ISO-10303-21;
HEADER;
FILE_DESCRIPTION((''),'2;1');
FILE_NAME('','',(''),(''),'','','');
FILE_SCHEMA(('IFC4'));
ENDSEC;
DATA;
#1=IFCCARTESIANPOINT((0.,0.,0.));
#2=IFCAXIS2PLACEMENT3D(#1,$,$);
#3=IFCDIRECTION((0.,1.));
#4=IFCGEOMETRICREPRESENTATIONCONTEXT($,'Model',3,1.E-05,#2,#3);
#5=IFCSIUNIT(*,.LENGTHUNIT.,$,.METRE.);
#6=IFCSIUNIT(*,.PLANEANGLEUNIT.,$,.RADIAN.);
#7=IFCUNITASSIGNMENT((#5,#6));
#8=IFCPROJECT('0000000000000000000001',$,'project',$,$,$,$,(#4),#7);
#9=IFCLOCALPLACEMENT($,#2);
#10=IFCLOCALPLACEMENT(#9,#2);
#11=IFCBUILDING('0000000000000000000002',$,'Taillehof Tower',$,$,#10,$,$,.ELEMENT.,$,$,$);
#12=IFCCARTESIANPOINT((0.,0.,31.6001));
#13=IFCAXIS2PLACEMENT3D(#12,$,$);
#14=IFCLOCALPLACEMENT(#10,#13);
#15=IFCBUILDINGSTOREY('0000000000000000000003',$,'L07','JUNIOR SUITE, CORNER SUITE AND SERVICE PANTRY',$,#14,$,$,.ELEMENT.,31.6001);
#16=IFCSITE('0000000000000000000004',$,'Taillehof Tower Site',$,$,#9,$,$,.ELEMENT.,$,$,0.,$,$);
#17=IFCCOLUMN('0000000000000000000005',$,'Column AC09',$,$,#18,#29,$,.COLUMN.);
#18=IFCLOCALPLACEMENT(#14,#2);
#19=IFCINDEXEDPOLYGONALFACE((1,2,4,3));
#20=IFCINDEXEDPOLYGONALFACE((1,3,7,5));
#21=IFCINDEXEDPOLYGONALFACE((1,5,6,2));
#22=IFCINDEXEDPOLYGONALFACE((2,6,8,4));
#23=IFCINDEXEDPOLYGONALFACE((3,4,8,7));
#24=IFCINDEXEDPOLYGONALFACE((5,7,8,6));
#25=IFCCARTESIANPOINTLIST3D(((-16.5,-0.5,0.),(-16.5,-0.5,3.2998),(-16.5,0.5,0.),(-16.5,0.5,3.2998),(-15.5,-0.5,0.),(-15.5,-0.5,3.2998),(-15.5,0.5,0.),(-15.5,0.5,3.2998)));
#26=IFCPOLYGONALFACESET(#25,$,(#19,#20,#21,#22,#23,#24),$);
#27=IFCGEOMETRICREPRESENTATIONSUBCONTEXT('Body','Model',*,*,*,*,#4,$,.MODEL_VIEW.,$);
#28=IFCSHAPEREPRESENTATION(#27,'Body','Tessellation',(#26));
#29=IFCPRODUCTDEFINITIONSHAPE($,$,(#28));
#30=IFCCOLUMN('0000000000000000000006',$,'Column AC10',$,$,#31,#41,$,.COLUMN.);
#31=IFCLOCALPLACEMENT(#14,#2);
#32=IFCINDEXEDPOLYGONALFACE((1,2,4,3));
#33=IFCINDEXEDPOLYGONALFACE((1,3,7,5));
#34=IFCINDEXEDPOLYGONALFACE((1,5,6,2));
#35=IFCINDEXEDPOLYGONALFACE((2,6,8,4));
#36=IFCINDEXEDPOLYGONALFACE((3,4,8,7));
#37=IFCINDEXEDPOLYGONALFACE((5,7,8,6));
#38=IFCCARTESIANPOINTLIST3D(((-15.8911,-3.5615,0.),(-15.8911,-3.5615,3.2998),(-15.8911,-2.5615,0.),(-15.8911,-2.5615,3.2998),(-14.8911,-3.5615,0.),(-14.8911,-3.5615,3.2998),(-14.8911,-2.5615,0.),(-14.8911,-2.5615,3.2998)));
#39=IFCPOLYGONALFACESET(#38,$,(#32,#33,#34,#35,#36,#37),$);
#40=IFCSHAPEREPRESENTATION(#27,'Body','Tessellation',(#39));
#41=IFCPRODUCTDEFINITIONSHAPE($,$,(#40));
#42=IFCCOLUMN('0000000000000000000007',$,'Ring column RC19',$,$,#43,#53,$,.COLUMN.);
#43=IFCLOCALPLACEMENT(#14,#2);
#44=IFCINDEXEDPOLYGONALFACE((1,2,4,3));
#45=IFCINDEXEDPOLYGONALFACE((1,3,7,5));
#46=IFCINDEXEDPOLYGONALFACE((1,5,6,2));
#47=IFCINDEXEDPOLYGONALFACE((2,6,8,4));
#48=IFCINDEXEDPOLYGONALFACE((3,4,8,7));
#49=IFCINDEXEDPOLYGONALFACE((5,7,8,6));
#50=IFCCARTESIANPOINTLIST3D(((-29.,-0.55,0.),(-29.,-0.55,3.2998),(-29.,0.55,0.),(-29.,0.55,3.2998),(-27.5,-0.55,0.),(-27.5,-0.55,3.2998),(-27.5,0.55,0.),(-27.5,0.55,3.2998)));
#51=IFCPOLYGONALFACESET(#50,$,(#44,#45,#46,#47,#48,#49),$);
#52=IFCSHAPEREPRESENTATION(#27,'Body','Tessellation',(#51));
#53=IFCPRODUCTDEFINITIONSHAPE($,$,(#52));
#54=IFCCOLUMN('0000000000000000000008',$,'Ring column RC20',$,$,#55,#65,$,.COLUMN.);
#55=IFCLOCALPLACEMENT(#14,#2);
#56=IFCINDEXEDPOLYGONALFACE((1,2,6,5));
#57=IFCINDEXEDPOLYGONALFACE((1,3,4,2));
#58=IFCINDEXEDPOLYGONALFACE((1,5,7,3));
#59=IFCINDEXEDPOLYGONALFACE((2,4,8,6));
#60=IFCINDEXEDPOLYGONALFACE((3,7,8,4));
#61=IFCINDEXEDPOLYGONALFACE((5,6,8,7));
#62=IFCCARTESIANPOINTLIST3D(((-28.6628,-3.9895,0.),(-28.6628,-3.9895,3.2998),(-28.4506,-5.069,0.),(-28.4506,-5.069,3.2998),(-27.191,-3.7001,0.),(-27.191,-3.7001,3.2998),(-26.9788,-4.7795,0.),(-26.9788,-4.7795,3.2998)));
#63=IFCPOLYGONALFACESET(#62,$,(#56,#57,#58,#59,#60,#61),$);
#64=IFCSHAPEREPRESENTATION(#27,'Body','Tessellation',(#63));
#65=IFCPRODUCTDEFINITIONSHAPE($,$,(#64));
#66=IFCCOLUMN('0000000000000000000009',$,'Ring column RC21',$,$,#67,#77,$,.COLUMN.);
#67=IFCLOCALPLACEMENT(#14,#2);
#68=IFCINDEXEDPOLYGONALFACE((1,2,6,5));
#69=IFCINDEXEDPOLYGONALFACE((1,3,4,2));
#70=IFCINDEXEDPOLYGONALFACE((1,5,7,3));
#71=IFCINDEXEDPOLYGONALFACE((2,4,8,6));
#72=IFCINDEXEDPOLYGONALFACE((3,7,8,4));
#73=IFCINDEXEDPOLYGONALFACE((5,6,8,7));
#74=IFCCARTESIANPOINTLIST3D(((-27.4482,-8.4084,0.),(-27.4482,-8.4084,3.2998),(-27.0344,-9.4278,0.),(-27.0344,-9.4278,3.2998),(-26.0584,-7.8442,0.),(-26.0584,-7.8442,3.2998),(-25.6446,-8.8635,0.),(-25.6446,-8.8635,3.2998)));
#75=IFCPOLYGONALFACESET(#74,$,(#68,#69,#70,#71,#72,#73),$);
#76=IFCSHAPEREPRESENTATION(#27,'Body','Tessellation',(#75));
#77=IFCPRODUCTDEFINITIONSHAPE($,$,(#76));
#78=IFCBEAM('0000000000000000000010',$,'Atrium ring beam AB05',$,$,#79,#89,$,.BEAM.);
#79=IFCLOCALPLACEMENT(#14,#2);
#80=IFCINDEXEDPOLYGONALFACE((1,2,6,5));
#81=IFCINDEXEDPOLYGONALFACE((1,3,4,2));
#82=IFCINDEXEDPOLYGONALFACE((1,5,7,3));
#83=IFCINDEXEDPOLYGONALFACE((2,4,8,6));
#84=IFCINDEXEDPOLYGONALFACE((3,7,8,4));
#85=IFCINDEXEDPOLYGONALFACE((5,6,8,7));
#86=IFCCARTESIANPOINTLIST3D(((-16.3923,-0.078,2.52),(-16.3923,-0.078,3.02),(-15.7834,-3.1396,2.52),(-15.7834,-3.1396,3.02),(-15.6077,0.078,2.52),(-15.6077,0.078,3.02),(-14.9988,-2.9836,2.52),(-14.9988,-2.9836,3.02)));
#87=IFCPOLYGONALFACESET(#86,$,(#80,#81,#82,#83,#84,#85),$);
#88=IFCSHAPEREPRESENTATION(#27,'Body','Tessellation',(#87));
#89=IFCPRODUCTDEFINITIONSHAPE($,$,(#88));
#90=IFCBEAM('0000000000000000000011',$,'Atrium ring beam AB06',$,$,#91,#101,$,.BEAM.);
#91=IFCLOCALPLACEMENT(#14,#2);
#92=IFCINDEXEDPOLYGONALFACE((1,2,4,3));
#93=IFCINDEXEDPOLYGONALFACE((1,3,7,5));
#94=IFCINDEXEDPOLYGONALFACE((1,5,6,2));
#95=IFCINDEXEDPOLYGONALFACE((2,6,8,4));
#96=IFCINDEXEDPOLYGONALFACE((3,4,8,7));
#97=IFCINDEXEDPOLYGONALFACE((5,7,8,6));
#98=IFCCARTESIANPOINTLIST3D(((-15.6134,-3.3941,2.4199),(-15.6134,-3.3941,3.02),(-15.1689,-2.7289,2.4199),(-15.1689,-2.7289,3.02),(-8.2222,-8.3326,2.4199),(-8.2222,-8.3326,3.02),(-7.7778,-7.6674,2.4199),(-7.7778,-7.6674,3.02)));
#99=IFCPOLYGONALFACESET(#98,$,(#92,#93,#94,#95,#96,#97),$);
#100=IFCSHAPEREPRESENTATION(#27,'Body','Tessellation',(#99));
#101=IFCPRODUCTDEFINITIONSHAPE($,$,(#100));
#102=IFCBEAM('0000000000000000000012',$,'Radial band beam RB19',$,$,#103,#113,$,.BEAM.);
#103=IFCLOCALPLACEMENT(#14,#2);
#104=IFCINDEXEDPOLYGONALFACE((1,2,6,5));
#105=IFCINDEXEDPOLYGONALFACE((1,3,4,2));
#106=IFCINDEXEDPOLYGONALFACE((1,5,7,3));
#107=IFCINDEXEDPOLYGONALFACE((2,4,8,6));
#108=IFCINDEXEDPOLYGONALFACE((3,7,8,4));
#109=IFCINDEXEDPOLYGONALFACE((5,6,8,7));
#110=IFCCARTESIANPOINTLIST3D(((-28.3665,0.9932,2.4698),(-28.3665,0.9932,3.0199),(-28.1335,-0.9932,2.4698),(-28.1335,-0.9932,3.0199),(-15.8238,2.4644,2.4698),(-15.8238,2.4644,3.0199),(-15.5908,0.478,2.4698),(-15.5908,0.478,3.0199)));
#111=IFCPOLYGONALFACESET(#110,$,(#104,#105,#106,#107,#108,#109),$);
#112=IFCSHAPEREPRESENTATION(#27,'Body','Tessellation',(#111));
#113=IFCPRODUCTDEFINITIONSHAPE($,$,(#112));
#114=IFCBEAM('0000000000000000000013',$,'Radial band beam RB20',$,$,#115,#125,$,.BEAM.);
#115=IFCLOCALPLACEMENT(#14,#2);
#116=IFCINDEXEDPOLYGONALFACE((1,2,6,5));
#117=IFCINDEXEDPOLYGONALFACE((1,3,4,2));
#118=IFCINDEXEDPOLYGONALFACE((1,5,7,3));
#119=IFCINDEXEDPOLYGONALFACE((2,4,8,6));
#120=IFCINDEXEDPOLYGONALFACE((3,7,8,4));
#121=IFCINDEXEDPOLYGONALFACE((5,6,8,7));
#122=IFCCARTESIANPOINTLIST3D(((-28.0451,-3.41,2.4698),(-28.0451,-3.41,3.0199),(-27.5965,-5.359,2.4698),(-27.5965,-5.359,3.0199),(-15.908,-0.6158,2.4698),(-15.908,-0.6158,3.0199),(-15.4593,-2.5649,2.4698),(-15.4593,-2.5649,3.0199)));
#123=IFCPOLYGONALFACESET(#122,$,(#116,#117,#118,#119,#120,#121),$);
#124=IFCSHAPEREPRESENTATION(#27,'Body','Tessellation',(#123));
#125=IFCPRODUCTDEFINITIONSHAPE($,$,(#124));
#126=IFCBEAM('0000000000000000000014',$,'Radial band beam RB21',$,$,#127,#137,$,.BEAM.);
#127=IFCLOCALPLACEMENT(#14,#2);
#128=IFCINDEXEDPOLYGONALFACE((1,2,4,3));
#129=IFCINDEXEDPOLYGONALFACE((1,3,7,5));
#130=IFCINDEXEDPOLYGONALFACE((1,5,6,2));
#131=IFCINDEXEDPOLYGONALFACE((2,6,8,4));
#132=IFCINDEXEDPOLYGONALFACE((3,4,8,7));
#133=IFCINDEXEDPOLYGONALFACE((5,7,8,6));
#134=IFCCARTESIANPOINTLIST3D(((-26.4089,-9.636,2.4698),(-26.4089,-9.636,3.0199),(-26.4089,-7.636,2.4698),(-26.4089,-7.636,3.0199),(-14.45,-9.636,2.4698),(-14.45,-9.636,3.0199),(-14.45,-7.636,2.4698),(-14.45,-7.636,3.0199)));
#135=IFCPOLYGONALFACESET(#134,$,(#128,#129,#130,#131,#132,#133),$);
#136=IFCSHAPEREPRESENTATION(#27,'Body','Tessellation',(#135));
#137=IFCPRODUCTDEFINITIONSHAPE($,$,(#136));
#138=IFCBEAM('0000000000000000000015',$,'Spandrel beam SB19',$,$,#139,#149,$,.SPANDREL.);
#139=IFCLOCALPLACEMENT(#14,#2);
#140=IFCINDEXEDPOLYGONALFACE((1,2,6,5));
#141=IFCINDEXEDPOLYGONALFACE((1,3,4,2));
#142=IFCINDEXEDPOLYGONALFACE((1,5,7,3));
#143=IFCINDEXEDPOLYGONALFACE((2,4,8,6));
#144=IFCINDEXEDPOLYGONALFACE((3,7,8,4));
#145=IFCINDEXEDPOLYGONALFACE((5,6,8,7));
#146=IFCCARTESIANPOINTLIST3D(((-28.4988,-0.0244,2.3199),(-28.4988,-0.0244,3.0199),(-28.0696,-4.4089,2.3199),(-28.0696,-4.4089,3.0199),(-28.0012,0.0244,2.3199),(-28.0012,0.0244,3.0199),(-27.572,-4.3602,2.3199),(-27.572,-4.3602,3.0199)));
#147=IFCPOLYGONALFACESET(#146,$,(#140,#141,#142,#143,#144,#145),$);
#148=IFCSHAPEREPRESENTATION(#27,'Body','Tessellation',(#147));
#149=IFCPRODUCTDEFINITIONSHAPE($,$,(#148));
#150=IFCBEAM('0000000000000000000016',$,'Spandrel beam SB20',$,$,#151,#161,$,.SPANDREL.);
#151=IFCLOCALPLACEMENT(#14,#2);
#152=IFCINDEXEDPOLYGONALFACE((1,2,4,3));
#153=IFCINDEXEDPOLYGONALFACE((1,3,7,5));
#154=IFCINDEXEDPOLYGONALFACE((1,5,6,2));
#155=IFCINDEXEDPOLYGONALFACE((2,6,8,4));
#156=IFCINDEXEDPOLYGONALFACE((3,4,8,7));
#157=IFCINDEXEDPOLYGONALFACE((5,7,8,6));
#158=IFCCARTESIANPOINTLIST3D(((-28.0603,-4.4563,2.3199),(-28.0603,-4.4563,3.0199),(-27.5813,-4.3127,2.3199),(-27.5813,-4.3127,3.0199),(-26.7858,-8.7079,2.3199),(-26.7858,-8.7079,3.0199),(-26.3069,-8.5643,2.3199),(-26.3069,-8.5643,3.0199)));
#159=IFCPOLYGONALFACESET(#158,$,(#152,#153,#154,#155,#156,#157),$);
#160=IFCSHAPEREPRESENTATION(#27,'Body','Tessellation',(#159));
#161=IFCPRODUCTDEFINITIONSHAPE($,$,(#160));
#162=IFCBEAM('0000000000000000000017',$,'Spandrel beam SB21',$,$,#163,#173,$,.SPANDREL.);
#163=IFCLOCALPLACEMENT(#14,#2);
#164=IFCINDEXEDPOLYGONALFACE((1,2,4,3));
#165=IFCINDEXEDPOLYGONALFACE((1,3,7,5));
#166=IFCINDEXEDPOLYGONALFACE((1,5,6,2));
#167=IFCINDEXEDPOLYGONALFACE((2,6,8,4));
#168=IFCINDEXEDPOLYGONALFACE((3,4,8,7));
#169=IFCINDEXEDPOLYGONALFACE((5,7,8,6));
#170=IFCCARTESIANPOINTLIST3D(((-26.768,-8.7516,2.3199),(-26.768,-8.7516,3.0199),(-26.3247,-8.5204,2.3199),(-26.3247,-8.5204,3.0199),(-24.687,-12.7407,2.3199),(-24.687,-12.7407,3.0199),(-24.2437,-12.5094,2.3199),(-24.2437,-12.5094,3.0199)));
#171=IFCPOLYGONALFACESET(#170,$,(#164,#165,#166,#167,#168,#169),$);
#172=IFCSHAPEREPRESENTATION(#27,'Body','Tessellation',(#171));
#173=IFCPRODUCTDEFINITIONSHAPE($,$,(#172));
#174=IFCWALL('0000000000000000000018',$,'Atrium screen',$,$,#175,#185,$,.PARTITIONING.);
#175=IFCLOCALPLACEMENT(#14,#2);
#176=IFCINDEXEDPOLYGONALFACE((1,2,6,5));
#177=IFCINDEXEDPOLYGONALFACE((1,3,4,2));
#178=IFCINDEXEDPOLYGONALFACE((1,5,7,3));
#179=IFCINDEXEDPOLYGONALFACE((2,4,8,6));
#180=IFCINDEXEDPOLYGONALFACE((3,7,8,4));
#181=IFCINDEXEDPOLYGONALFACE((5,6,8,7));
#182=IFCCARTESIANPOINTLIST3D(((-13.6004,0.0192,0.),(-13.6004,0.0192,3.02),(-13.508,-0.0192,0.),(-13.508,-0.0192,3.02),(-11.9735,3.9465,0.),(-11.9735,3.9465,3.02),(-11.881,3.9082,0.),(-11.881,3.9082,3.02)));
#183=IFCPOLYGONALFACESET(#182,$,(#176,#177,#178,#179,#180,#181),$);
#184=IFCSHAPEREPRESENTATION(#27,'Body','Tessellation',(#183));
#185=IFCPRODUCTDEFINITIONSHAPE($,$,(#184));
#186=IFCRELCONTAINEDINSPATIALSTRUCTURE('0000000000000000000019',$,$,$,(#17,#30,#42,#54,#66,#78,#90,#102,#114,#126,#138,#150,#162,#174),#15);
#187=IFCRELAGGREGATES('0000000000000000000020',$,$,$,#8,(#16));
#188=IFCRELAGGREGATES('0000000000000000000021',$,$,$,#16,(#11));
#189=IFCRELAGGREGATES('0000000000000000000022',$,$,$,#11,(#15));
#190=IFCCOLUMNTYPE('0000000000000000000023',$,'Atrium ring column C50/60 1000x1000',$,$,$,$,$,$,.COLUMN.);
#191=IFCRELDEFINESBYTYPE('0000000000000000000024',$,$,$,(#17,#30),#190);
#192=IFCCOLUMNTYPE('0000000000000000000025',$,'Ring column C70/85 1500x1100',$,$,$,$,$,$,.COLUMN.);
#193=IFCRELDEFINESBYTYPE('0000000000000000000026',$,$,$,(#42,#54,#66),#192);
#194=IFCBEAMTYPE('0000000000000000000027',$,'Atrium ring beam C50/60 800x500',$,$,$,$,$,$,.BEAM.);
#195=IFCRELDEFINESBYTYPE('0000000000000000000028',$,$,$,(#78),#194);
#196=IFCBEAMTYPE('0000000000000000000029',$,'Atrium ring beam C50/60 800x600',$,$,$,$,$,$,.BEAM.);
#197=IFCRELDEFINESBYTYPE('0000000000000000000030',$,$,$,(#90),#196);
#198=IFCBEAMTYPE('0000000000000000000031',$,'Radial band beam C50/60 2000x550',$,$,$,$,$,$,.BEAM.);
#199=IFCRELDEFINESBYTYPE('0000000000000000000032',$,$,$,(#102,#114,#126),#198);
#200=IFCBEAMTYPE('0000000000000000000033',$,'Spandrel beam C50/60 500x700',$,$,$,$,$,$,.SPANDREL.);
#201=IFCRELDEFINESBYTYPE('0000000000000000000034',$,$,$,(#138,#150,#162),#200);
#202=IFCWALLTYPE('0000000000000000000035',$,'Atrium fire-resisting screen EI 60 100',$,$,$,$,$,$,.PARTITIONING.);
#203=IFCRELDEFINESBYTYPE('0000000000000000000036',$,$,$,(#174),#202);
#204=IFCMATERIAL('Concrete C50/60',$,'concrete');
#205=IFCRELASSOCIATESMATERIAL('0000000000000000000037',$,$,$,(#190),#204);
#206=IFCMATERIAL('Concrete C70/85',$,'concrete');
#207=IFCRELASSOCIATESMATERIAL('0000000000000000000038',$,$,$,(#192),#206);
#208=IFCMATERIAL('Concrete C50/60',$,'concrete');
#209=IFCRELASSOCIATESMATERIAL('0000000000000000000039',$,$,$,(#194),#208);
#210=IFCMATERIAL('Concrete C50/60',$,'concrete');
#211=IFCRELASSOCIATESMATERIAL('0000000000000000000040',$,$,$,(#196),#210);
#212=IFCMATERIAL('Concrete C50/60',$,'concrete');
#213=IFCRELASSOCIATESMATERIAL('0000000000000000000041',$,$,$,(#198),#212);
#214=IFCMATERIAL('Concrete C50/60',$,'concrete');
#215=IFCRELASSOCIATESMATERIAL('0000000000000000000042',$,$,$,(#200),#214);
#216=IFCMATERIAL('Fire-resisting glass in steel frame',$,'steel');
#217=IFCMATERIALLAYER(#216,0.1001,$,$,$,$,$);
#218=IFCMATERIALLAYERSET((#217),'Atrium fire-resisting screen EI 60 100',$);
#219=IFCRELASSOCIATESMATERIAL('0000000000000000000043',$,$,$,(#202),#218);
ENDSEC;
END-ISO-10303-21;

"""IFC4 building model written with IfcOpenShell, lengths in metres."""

from ifc_helpers import new_model, si_unit, direction, frame, frame_2d, origin, origin_2d, place, context, subcontext, project, spatial, rectangle, extrude, material, layer, layer_set, material_profile, profile_set, type_object, element, save


model = new_model("IFC4")

# Units and contexts
model_context = context("Model", 3, precision=1e-05, world=origin(), true_north=direction((0.0, 1.0)))
body_context = subcontext(model_context, "Body", "Model", "MODEL_VIEW")
ifc_project = project(units=[si_unit("LENGTHUNIT", "METRE"), si_unit("PLANEANGLEUNIT", "RADIAN")], contexts=[model_context])

# Site, building, storey
site_placement = place(None, origin())
site = spatial("IfcSite", under=ifc_project, at=site_placement, Name="Taillehof Tower Site", CompositionType="ELEMENT", RefElevation=0.0)
building_placement = place(site_placement, origin())
building = spatial("IfcBuilding", under=site, at=building_placement, Name="Taillehof Tower", CompositionType="ELEMENT")
storey_placement = place(building_placement, frame((0.0, 0.0, 31.6001)))
storey = spatial("IfcBuildingStorey", under=building, at=storey_placement, Name="L07", Description="JUNIOR SUITE, CORNER SUITE AND SERVICE PANTRY", CompositionType="ELEMENT", Elevation=31.6001)

# Columns
ifc_material_1 = material(Name="Concrete C50/60", Category="concrete")
ifc_material_profile_1 = material_profile(ifc_material_1, rectangle(XDim=1.0, YDim=1.0, at=origin_2d()), Name="RC 1000x1000")
ifc_profile_set_1 = profile_set([ifc_material_profile_1], Name="Concrete C50/60")
column_type_1 = type_object("IfcColumnType", Name="Atrium ring column C50/60 1000x1000", PredefinedType="COLUMN", material=ifc_profile_set_1)
for number, where, z_axis, x_axis, name in (
    (1, (-16.0, 0.0, 0.0), (0.0, 0.0, 1.0), (1.0, 0.0, 0.0), "Column AC09"),
    (2, (-15.3911, -3.0615, 0.0), (0.0, 0.0, 1.0), (1.0, 0.0, 0.0), "Column AC10"),
):
    element("IfcColumn", number, at=place(storey_placement, frame(where, z_axis=z_axis, x_axis=x_axis)), inside=storey, type_object=column_type_1, Name=name, PredefinedType="COLUMN", context=body_context, shape_type="SweptSolid", body=[
        extrude(rectangle(XDim=1.0, YDim=1.0, at=origin_2d()), origin(), (0.0, 0.0, 1.0), 3.2998),
    ])
ifc_material_2 = material(Name="Concrete C70/85", Category="concrete")
ifc_material_profile_2 = material_profile(ifc_material_2, rectangle(XDim=1.5, YDim=1.1001, at=origin_2d()), Name="RC 1500x1100")
ifc_profile_set_2 = profile_set([ifc_material_profile_2], Name="Concrete C70/85")
column_type_2 = type_object("IfcColumnType", Name="Ring column C70/85 1500x1100", PredefinedType="COLUMN", material=ifc_profile_set_2)
for number, where, z_axis, x_axis, name in (
    (3, (-28.25, 0.0, 0.0), (0.0, 0.0, 1.0), (-1.0, 0.0, 0.0), "Ring column RC19"),
    (4, (-27.8208, -4.3845, 0.0), (0.0, 0.0, 1.0), (-0.981204, -0.192976, 0.0), "Ring column RC20"),
    (5, (-26.5464, -8.636, 0.0), (0.0, 0.0, 1.0), (-0.926558, -0.376152, 0.0), "Ring column RC21"),
):
    element("IfcColumn", number, at=place(storey_placement, frame(where, z_axis=z_axis, x_axis=x_axis)), inside=storey, type_object=column_type_2, Name=name, PredefinedType="COLUMN", context=body_context, shape_type="SweptSolid", body=[
        extrude(rectangle(XDim=1.5, YDim=1.1001, at=origin_2d()), origin(), (0.0, 0.0, 1.0), 3.2998),
    ])

# Beams
ifc_material_3 = material(Name="Concrete C50/60", Category="concrete")
ifc_material_profile_3 = material_profile(ifc_material_3, rectangle(XDim=0.8, YDim=0.5, at=origin_2d()), Name="RC 800x500")
ifc_profile_set_3 = profile_set([ifc_material_profile_3], Name="Concrete C50/60")
beam_type_1 = type_object("IfcBeamType", Name="Atrium ring beam C50/60 800x500", PredefinedType="BEAM", material=ifc_profile_set_3)
beam_1_placement = place(storey_placement, frame((-16.0, 0.0, 2.77), z_axis=(0.195063, -0.980791, 0.0), x_axis=(0.980791, 0.195063, 0.0)))
element("IfcBeam", 6, at=beam_1_placement, inside=storey, type_object=beam_type_1, Name="Atrium ring beam AB05", PredefinedType="BEAM", context=body_context, shape_type="SweptSolid", body=[
    extrude(rectangle(XDim=0.8, YDim=0.5, at=origin_2d()), origin(), (0.0, 0.0, 1.0), 3.1216),
])
ifc_material_4 = material(Name="Concrete C50/60", Category="concrete")
ifc_material_profile_4 = material_profile(ifc_material_4, rectangle(XDim=0.8, YDim=0.6001, at=origin_2d()), Name="RC 800x600")
ifc_profile_set_4 = profile_set([ifc_material_profile_4], Name="Concrete C50/60")
beam_type_2 = type_object("IfcBeamType", Name="Atrium ring beam C50/60 800x600", PredefinedType="BEAM", material=ifc_profile_set_4)
beam_2_placement = place(storey_placement, frame((-15.3911, -3.0615, 2.72), z_axis=(0.831475, -0.555562, 0.0), x_axis=(0.555562, 0.831475, 0.0)))
element("IfcBeam", 7, at=beam_2_placement, inside=storey, type_object=beam_type_2, Name="Atrium ring beam AB06", PredefinedType="BEAM", context=body_context, shape_type="SweptSolid", body=[
    extrude(rectangle(XDim=0.8, YDim=0.6001, at=origin_2d()), origin(), (0.0, 0.0, 1.0), 8.8892),
])
ifc_material_5 = material(Name="Concrete C50/60", Category="concrete")
ifc_material_profile_5 = material_profile(ifc_material_5, rectangle(XDim=2.0, YDim=0.55, at=origin_2d()), Name="RC 2000x550")
ifc_profile_set_5 = profile_set([ifc_material_profile_5], Name="Concrete C50/60")
beam_type_3 = type_object("IfcBeamType", Name="Radial band beam C50/60 2000x550", PredefinedType="BEAM", material=ifc_profile_set_5)
beam_3_placement = place(storey_placement, frame((-28.25, 0.0, 2.7449), z_axis=(0.993191, 0.116496, 0.0), x_axis=(-0.116496, 0.993191, 0.0)))
element("IfcBeam", 8, at=beam_3_placement, inside=storey, type_object=beam_type_3, Name="Radial band beam RB19", PredefinedType="BEAM", context=body_context, shape_type="SweptSolid", body=[
    extrude(rectangle(XDim=2.0, YDim=0.55, at=origin_2d()), origin(), (0.0, 0.0, 1.0), 12.6287),
])
beam_4_placement = place(storey_placement, frame((-27.8208, -4.3845, 2.7449), z_axis=(0.974509, 0.224348, 0.0), x_axis=(-0.224348, 0.974509, 0.0)))
element("IfcBeam", 9, at=beam_4_placement, inside=storey, type_object=beam_type_3, Name="Radial band beam RB20", PredefinedType="BEAM", context=body_context, shape_type="SweptSolid", body=[
    extrude(rectangle(XDim=2.0, YDim=0.55, at=origin_2d()), origin(), (0.0, 0.0, 1.0), 12.4546),
])
beam_5_placement = place(storey_placement, frame((-26.4089, -8.636, 2.7449), z_axis=(1.0, 0.0, 0.0), x_axis=(0.0, 1.0, 0.0)))
element("IfcBeam", 10, at=beam_5_placement, inside=storey, type_object=beam_type_3, Name="Radial band beam RB21", PredefinedType="BEAM", context=body_context, shape_type="SweptSolid", body=[
    extrude(rectangle(XDim=2.0, YDim=0.55, at=origin_2d()), origin(), (0.0, 0.0, 1.0), 11.959),
])
ifc_material_6 = material(Name="Concrete C50/60", Category="concrete")
ifc_material_profile_6 = material_profile(ifc_material_6, rectangle(XDim=0.5, YDim=0.7, at=origin_2d()), Name="RC 500x700")
ifc_profile_set_6 = profile_set([ifc_material_profile_6], Name="Concrete C50/60")
beam_type_4 = type_object("IfcBeamType", Name="Spandrel beam C50/60 500x700", PredefinedType="SPANDREL", material=ifc_profile_set_6)
beam_6_placement = place(storey_placement, frame((-28.25, 0.0, 2.6699), z_axis=(0.097424, -0.995243, 0.0), x_axis=(0.995243, 0.097424, 0.0)))
element("IfcBeam", 11, at=beam_6_placement, inside=storey, type_object=beam_type_4, Name="Spandrel beam SB19", PredefinedType="SPANDREL", context=body_context, shape_type="SweptSolid", body=[
    extrude(rectangle(XDim=0.5, YDim=0.7, at=origin_2d()), origin(), (0.0, 0.0, 1.0), 4.4055),
])
beam_7_placement = place(storey_placement, frame((-27.8208, -4.3845, 2.6699), z_axis=(0.287136, -0.95789, 0.0), x_axis=(0.95789, 0.287136, 0.0)))
element("IfcBeam", 12, at=beam_7_placement, inside=storey, type_object=beam_type_4, Name="Spandrel beam SB20", PredefinedType="SPANDREL", context=body_context, shape_type="SweptSolid", body=[
    extrude(rectangle(XDim=0.5, YDim=0.7, at=origin_2d()), origin(), (0.0, 0.0, 1.0), 4.4385),
])
beam_8_placement = place(storey_placement, frame((-26.5464, -8.636, 2.6699), z_axis=(0.462536, -0.8866, 0.0), x_axis=(0.8866, 0.462536, 0.0)))
element("IfcBeam", 13, at=beam_8_placement, inside=storey, type_object=beam_type_4, Name="Spandrel beam SB21", PredefinedType="SPANDREL", context=body_context, shape_type="SweptSolid", body=[
    extrude(rectangle(XDim=0.5, YDim=0.7, at=origin_2d()), origin(), (0.0, 0.0, 1.0), 4.4993),
])

# Wall
ifc_material_7 = material(Name="Fire-resisting glass in steel frame", Category="steel")
ifc_layer_1 = layer(ifc_material_7, 0.1001)
ifc_layer_set_1 = layer_set([ifc_layer_1], Name="Atrium fire-resisting screen EI 60 100")
wall_type_1 = type_object("IfcWallType", Name="Atrium fire-resisting screen EI 60 100", PredefinedType="PARTITIONING", material=ifc_layer_set_1)
wall_1_placement = place(storey_placement, frame((-13.5542, 0.0, 0.0), z_axis=(0.0, 0.0, 1.0), x_axis=(0.382731, 0.92386, 0.0)))
element("IfcWall", 14, at=wall_1_placement, inside=storey, type_object=wall_type_1, Name="Atrium screen", PredefinedType="PARTITIONING", context=body_context, shape_type="SweptSolid", body=[
    extrude(rectangle(XDim=4.251, YDim=0.1001, at=frame_2d((2.1255, 0.0))), origin(), (0.0, 0.0, 1.0), 3.02),
])

save(model, "model.ifc")
